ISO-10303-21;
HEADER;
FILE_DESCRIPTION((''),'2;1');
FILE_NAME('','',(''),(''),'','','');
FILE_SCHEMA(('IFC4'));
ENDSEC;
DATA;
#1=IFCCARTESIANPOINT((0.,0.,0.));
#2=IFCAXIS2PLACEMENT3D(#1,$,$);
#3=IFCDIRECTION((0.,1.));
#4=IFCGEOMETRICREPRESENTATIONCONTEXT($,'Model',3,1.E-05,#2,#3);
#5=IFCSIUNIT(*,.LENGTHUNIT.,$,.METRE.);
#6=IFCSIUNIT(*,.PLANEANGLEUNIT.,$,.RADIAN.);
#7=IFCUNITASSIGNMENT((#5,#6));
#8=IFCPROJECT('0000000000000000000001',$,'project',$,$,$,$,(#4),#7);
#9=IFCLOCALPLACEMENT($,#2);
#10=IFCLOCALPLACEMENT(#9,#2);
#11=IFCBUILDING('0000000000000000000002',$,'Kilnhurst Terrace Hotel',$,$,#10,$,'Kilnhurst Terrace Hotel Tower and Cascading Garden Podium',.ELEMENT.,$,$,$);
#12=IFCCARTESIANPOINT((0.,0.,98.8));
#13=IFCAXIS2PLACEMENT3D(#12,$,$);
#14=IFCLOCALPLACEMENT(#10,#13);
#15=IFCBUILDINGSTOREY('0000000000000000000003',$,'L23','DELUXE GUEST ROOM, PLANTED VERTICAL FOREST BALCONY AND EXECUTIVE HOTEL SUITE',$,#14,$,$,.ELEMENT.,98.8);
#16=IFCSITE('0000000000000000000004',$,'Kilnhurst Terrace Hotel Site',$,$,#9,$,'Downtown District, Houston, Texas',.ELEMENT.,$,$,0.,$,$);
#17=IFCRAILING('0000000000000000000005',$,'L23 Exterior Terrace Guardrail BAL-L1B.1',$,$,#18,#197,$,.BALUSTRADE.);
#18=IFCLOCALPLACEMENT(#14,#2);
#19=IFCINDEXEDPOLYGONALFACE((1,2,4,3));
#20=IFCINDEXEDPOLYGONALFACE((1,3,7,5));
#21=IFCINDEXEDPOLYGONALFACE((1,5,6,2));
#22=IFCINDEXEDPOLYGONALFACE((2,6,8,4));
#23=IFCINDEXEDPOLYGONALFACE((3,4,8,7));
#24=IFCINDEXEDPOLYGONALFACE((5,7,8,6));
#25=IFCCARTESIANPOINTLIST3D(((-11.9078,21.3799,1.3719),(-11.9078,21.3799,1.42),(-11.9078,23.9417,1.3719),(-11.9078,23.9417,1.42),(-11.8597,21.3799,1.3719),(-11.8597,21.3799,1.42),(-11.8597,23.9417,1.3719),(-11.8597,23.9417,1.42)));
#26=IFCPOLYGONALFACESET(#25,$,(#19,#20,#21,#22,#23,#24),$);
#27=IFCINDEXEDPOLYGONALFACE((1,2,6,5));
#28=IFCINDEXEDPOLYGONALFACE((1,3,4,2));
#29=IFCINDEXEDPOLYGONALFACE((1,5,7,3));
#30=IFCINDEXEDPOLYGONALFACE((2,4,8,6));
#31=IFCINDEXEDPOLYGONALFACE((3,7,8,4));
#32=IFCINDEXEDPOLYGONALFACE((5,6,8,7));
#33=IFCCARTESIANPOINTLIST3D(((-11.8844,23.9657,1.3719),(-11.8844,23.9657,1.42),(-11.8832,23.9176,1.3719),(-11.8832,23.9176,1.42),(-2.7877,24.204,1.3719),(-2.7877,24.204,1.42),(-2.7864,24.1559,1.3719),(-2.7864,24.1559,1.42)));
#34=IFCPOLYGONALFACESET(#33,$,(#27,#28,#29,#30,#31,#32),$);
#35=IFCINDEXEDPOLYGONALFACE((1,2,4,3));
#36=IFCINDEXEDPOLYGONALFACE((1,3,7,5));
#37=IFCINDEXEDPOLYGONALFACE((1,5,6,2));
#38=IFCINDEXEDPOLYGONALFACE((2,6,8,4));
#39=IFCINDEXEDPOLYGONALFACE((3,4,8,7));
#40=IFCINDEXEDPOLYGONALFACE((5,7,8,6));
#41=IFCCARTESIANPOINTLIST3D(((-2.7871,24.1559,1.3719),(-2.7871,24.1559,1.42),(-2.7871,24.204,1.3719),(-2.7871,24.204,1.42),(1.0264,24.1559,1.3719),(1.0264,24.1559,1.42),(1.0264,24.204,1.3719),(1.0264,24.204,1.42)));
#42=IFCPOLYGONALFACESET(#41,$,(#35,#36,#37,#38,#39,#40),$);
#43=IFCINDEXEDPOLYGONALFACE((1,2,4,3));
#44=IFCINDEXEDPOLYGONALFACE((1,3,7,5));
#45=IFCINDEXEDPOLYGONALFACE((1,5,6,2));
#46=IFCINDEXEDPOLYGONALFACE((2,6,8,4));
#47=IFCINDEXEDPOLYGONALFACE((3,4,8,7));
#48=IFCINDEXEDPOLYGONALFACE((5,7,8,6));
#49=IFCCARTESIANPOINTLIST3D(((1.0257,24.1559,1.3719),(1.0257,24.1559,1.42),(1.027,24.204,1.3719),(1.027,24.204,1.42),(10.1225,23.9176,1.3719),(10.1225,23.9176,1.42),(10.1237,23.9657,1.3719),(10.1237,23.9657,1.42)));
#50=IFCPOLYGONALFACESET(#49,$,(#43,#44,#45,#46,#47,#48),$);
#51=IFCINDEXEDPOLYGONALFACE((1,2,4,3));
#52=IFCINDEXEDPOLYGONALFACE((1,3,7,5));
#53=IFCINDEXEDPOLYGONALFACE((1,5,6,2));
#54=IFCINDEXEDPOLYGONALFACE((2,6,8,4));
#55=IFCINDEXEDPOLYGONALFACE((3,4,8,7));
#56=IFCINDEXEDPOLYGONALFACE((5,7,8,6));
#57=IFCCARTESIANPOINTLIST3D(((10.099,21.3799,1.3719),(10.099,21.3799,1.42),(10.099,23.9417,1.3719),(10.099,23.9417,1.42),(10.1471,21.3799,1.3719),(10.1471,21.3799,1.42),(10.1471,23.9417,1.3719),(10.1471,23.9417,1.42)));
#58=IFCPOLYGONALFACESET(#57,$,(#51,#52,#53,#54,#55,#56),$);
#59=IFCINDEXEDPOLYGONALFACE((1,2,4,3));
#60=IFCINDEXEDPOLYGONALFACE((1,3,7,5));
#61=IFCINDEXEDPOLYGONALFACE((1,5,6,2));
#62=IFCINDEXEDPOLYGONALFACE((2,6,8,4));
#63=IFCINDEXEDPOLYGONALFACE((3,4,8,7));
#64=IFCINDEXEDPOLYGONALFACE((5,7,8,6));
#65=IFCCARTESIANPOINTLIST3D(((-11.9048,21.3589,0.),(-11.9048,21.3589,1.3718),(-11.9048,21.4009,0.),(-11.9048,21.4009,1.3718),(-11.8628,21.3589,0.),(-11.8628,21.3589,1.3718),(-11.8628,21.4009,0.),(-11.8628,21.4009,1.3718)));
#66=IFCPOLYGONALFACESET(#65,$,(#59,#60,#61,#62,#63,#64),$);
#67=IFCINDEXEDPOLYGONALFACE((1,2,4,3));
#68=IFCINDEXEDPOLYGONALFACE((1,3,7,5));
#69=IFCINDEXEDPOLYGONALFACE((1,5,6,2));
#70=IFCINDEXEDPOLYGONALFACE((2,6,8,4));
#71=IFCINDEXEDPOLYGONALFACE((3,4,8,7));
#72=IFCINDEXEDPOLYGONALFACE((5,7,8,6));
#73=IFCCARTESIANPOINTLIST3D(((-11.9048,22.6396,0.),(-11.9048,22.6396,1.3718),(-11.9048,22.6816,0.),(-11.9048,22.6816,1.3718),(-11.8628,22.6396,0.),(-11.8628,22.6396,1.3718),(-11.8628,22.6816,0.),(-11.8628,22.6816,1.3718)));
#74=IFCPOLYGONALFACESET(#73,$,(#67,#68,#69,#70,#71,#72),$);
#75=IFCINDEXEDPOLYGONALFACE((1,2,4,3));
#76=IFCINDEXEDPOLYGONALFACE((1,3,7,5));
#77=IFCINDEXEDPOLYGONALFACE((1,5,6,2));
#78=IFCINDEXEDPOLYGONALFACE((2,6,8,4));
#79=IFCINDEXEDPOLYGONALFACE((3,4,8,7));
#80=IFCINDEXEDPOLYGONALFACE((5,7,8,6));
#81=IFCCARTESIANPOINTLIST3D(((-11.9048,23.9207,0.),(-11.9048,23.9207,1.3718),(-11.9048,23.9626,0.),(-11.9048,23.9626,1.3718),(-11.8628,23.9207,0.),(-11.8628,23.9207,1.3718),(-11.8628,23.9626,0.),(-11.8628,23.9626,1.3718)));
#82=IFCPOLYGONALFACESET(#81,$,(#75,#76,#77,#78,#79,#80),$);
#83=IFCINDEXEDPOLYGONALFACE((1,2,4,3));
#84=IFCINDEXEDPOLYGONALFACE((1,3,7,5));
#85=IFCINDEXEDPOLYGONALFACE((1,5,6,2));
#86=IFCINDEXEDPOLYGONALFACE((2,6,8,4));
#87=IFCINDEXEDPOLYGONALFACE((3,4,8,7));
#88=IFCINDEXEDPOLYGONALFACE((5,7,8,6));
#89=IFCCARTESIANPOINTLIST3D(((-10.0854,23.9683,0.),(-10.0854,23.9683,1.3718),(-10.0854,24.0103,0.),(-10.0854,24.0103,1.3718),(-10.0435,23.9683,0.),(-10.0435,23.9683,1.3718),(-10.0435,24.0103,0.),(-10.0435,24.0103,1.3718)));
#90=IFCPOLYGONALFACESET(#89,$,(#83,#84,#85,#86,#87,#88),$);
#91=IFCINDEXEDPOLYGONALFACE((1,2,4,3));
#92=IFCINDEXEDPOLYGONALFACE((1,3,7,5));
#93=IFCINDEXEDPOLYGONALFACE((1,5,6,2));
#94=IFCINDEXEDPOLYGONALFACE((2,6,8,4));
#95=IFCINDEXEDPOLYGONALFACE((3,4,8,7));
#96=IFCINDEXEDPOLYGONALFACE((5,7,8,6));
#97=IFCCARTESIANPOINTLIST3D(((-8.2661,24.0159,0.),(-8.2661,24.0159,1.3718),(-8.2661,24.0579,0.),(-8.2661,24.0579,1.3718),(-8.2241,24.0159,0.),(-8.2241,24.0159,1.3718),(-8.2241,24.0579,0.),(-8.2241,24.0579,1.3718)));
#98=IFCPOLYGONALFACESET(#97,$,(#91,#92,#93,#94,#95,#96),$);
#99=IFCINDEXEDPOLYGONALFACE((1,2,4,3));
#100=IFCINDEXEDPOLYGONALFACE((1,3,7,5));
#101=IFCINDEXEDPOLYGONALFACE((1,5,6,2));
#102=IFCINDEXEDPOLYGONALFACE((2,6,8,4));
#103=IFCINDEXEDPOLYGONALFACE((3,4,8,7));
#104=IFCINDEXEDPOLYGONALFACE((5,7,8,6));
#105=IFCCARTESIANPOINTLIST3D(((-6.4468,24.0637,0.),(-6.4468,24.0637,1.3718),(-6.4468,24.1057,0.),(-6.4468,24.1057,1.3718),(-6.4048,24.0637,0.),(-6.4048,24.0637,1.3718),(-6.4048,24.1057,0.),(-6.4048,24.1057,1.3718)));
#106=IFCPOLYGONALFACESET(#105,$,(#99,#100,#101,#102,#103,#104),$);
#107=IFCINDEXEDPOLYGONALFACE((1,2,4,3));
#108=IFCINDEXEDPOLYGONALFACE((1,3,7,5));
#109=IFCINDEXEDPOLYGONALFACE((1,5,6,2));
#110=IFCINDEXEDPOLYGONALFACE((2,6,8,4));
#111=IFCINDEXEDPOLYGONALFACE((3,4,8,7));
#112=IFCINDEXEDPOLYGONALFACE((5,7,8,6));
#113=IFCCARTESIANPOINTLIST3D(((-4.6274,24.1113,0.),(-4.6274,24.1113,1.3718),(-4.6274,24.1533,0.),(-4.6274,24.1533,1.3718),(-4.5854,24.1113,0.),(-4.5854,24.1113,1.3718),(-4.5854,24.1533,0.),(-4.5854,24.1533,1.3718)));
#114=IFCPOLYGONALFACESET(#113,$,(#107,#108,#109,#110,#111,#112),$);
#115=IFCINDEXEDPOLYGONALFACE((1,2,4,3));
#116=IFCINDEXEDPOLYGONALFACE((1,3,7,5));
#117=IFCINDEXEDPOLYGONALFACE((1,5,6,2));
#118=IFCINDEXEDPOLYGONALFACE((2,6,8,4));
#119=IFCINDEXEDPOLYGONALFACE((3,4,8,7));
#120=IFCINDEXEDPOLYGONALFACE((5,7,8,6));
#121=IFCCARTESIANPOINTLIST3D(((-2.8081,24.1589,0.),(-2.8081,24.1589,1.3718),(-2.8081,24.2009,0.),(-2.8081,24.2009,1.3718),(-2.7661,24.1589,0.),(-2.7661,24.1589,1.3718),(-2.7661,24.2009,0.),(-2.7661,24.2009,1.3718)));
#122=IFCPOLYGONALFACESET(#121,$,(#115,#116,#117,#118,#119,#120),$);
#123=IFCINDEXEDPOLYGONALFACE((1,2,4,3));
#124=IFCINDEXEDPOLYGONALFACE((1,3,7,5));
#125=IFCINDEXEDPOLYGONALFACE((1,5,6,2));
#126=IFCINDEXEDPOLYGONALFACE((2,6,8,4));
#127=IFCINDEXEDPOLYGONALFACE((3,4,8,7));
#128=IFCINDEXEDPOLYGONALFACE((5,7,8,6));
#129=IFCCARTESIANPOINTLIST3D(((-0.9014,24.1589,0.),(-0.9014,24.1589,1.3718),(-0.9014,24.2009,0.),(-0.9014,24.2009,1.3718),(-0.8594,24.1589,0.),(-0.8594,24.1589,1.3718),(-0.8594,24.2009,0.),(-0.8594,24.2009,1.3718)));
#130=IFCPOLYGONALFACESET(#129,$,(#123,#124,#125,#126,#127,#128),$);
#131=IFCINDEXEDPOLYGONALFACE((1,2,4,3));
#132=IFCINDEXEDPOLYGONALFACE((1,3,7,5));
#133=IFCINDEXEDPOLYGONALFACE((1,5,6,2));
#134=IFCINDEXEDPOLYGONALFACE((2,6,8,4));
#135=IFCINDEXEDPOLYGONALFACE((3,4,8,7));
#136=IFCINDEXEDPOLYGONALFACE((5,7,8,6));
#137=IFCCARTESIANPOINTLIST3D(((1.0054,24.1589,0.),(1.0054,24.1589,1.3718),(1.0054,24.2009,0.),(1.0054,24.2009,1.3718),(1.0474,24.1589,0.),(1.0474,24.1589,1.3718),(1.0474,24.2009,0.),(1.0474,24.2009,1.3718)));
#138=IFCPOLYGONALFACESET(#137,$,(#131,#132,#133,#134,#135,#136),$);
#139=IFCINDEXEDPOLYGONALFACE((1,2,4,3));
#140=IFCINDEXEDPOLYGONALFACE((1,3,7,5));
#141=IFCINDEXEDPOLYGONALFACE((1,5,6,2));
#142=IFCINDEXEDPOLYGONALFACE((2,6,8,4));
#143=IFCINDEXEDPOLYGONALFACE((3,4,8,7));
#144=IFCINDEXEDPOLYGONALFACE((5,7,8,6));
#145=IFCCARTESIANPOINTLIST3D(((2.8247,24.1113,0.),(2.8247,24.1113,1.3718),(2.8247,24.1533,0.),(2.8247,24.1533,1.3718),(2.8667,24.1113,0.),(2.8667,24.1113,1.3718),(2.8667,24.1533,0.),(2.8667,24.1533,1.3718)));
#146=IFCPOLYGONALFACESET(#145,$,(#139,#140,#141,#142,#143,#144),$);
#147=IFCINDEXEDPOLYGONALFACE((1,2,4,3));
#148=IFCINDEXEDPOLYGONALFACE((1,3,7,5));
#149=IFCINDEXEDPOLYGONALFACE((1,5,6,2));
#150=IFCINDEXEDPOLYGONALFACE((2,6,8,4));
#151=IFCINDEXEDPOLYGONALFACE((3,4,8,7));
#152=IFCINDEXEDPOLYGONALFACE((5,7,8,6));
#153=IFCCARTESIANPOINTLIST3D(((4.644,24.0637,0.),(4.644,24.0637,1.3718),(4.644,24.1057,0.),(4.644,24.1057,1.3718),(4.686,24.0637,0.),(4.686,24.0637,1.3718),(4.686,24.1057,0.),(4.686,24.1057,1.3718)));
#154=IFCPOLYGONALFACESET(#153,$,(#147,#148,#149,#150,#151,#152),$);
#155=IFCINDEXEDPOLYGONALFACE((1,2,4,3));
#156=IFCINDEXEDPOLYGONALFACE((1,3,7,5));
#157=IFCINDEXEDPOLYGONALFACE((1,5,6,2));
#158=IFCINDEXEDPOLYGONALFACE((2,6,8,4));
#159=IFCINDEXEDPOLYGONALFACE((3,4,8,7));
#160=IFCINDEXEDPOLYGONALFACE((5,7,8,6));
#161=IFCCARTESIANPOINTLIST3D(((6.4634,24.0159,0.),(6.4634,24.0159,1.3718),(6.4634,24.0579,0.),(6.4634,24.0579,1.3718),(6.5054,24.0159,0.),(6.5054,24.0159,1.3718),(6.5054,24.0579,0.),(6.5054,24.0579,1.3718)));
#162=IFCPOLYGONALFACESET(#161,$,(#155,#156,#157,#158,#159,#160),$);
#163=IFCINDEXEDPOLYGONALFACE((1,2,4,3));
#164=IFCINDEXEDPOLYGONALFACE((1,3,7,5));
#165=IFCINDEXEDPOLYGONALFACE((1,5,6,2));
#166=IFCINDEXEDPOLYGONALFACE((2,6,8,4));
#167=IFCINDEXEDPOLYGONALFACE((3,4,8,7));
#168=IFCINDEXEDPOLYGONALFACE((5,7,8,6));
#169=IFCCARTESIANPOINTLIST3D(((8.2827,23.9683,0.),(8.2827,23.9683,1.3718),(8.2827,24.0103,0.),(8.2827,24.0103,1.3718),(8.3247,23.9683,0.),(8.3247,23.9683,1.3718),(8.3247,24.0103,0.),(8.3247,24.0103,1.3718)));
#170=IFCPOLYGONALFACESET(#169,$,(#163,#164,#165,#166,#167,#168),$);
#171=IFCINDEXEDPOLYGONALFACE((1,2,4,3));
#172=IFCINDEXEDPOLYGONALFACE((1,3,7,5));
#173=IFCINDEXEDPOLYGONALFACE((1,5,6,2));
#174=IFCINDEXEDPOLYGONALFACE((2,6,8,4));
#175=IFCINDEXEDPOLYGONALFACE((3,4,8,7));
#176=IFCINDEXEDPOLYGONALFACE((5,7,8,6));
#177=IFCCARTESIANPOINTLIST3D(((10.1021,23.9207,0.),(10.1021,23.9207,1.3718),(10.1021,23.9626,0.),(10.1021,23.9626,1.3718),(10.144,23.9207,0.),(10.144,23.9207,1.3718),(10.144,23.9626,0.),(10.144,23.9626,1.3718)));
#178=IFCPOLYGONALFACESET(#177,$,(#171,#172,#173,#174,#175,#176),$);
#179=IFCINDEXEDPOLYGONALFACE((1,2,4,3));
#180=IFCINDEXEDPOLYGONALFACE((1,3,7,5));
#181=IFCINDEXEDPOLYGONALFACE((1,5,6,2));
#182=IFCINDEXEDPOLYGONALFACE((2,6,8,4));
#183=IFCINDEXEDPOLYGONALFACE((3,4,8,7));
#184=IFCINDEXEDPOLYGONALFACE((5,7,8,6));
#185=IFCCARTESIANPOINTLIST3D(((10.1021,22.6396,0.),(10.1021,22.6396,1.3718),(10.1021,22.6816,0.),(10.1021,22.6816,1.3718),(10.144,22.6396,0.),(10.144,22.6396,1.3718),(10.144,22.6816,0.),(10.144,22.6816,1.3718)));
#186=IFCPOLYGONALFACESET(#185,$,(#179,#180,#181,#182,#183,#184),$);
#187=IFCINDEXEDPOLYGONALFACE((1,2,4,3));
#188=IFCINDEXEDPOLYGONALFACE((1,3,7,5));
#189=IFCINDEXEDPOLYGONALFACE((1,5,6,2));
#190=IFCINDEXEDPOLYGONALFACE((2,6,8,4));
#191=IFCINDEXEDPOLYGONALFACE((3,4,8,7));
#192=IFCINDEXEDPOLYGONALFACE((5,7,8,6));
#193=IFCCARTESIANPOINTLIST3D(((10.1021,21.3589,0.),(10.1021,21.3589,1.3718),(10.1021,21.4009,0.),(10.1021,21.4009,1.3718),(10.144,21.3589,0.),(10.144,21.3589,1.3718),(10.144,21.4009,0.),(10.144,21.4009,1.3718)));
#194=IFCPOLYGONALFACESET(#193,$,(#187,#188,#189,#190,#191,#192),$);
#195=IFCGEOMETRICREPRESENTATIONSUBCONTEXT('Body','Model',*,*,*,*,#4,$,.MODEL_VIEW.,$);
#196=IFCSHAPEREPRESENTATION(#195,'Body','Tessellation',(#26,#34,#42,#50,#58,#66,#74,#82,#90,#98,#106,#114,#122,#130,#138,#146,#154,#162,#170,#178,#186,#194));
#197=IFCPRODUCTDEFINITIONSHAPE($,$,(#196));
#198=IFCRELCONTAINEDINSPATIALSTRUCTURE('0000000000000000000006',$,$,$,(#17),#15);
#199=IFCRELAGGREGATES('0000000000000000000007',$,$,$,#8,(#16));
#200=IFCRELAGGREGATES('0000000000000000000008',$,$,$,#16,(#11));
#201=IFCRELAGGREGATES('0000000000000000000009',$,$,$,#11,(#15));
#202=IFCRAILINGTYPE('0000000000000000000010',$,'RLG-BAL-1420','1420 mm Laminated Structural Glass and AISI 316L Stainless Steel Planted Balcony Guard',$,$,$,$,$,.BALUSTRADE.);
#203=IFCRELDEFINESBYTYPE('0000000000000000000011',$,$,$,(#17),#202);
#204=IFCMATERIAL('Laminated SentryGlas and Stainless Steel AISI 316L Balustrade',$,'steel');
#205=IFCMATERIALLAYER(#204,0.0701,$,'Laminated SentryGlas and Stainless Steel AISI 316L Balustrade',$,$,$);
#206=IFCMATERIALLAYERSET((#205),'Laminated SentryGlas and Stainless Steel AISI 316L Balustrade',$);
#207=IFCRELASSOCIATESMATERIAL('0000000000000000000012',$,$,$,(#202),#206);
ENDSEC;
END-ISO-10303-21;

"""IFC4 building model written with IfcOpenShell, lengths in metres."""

from ifc_helpers import new_model, si_unit, direction, frame, origin, origin_2d, place, context, subcontext, project, spatial, rectangle, extrude, material, layer, layer_set, type_object, element, save


model = new_model("IFC4")

# Units and contexts
model_context = context("Model", 3, precision=1e-05, world=origin(), true_north=direction((0.0, 1.0)))
body_context = subcontext(model_context, "Body", "Model", "MODEL_VIEW")
ifc_project = project(units=[si_unit("LENGTHUNIT", "METRE"), si_unit("PLANEANGLEUNIT", "RADIAN")], contexts=[model_context])

# Site, building, storey
site_placement = place(None, origin())
site = spatial("IfcSite", under=ifc_project, at=site_placement, Name="Kilnhurst Terrace Hotel Site", LongName="Downtown District, Houston, Texas", CompositionType="ELEMENT", RefElevation=0.0)
building_placement = place(site_placement, origin())
building = spatial("IfcBuilding", under=site, at=building_placement, Name="Kilnhurst Terrace Hotel", LongName="Kilnhurst Terrace Hotel Tower and Cascading Garden Podium", CompositionType="ELEMENT")
storey_placement = place(building_placement, frame((0.0, 0.0, 98.8)))
storey = spatial("IfcBuildingStorey", under=building, at=storey_placement, Name="L23", Description="DELUXE GUEST ROOM, PLANTED VERTICAL FOREST BALCONY AND EXECUTIVE HOTEL SUITE", CompositionType="ELEMENT", Elevation=98.8)

# Railing
ifc_material_1 = material(Name="Laminated SentryGlas and Stainless Steel AISI 316L Balustrade", Category="steel")
ifc_layer_1 = layer(ifc_material_1, 0.0701, Name="Laminated SentryGlas and Stainless Steel AISI 316L Balustrade")
ifc_layer_set_1 = layer_set([ifc_layer_1], Name="Laminated SentryGlas and Stainless Steel AISI 316L Balustrade")
railing_type = type_object("IfcRailingType", Name="RLG-BAL-1420", Description="1420 mm Laminated Structural Glass and AISI 316L Stainless Steel Planted Balcony Guard", PredefinedType="BALUSTRADE", material=ifc_layer_set_1)
railing_placement = place(storey_placement, frame((-11.8838, 21.3799, 0.0)))
element("IfcRailing", 1, at=railing_placement, inside=storey, type_object=railing_type, Name="L23 Exterior Terrace Guardrail BAL-L1B.1", PredefinedType="BALUSTRADE", context=body_context, shape_type="SweptSolid", body=[
    extrude(rectangle(XDim=0.0481, YDim=0.0481, at=origin_2d()), frame((0.0, 0.0, 1.396), z_axis=(0.0, 1.0, 0.0), x_axis=(-1.0, 0.0, 0.0)), (0.0, 0.0, 1.0), 2.5618),
    extrude(rectangle(XDim=0.0481, YDim=0.0481, at=origin_2d()), frame((0.0, 2.5618, 1.396), z_axis=(0.999657, 0.026185, 0.0), x_axis=(-0.026185, 0.999657, 0.0)), (0.0, 0.0, 1.0), 9.0999),
    extrude(rectangle(XDim=0.0481, YDim=0.0481, at=origin_2d()), frame((9.0967, 2.8, 1.396), z_axis=(1.0, 0.0, 0.0), x_axis=(0.0, 1.0, 0.0)), (0.0, 0.0, 1.0), 3.8135),
    extrude(rectangle(XDim=0.0481, YDim=0.0481, at=origin_2d()), frame((12.9102, 2.8, 1.396), z_axis=(0.999657, -0.026185, 0.0), x_axis=(0.026185, 0.999657, 0.0)), (0.0, 0.0, 1.0), 9.0999),
    extrude(rectangle(XDim=0.0481, YDim=0.0481, at=origin_2d()), frame((22.0068, 2.5618, 1.396), z_axis=(0.0, -1.0, 0.0), x_axis=(1.0, 0.0, 0.0)), (0.0, 0.0, 1.0), 2.5618),
    extrude(rectangle(XDim=0.042, YDim=0.042, at=origin_2d()), origin(), (0.0, 0.0, 1.0), 1.3718),
    extrude(rectangle(XDim=0.042, YDim=0.042, at=origin_2d()), frame((0.0, 1.2808, 0.0)), (0.0, 0.0, 1.0), 1.3718),
    extrude(rectangle(XDim=0.042, YDim=0.042, at=origin_2d()), frame((0.0, 2.5618, 0.0)), (0.0, 0.0, 1.0), 1.3718),
    extrude(rectangle(XDim=0.042, YDim=0.042, at=origin_2d()), frame((1.8193, 2.6094, 0.0)), (0.0, 0.0, 1.0), 1.3718),
    extrude(rectangle(XDim=0.042, YDim=0.042, at=origin_2d()), frame((3.6387, 2.657, 0.0)), (0.0, 0.0, 1.0), 1.3718),
    extrude(rectangle(XDim=0.042, YDim=0.042, at=origin_2d()), frame((5.458, 2.7048, 0.0)), (0.0, 0.0, 1.0), 1.3718),
    extrude(rectangle(XDim=0.042, YDim=0.042, at=origin_2d()), frame((7.2773, 2.7524, 0.0)), (0.0, 0.0, 1.0), 1.3718),
    extrude(rectangle(XDim=0.042, YDim=0.042, at=origin_2d()), frame((9.0967, 2.8, 0.0)), (0.0, 0.0, 1.0), 1.3718),
    extrude(rectangle(XDim=0.042, YDim=0.042, at=origin_2d()), frame((11.0034, 2.8, 0.0)), (0.0, 0.0, 1.0), 1.3718),
    extrude(rectangle(XDim=0.042, YDim=0.042, at=origin_2d()), frame((12.9102, 2.8, 0.0)), (0.0, 0.0, 1.0), 1.3718),
    extrude(rectangle(XDim=0.042, YDim=0.042, at=origin_2d()), frame((14.7295, 2.7524, 0.0)), (0.0, 0.0, 1.0), 1.3718),
    extrude(rectangle(XDim=0.042, YDim=0.042, at=origin_2d()), frame((16.5488, 2.7048, 0.0)), (0.0, 0.0, 1.0), 1.3718),
    extrude(rectangle(XDim=0.042, YDim=0.042, at=origin_2d()), frame((18.3682, 2.657, 0.0)), (0.0, 0.0, 1.0), 1.3718),
    extrude(rectangle(XDim=0.042, YDim=0.042, at=origin_2d()), frame((20.1875, 2.6094, 0.0)), (0.0, 0.0, 1.0), 1.3718),
    extrude(rectangle(XDim=0.042, YDim=0.042, at=origin_2d()), frame((22.0068, 2.5618, 0.0)), (0.0, 0.0, 1.0), 1.3718),
    extrude(rectangle(XDim=0.042, YDim=0.042, at=origin_2d()), frame((22.0068, 1.2808, 0.0)), (0.0, 0.0, 1.0), 1.3718),
    extrude(rectangle(XDim=0.042, YDim=0.042, at=origin_2d()), frame((22.0068, 0.0, 0.0)), (0.0, 0.0, 1.0), 1.3718),
])

save(model, "model.ifc")
